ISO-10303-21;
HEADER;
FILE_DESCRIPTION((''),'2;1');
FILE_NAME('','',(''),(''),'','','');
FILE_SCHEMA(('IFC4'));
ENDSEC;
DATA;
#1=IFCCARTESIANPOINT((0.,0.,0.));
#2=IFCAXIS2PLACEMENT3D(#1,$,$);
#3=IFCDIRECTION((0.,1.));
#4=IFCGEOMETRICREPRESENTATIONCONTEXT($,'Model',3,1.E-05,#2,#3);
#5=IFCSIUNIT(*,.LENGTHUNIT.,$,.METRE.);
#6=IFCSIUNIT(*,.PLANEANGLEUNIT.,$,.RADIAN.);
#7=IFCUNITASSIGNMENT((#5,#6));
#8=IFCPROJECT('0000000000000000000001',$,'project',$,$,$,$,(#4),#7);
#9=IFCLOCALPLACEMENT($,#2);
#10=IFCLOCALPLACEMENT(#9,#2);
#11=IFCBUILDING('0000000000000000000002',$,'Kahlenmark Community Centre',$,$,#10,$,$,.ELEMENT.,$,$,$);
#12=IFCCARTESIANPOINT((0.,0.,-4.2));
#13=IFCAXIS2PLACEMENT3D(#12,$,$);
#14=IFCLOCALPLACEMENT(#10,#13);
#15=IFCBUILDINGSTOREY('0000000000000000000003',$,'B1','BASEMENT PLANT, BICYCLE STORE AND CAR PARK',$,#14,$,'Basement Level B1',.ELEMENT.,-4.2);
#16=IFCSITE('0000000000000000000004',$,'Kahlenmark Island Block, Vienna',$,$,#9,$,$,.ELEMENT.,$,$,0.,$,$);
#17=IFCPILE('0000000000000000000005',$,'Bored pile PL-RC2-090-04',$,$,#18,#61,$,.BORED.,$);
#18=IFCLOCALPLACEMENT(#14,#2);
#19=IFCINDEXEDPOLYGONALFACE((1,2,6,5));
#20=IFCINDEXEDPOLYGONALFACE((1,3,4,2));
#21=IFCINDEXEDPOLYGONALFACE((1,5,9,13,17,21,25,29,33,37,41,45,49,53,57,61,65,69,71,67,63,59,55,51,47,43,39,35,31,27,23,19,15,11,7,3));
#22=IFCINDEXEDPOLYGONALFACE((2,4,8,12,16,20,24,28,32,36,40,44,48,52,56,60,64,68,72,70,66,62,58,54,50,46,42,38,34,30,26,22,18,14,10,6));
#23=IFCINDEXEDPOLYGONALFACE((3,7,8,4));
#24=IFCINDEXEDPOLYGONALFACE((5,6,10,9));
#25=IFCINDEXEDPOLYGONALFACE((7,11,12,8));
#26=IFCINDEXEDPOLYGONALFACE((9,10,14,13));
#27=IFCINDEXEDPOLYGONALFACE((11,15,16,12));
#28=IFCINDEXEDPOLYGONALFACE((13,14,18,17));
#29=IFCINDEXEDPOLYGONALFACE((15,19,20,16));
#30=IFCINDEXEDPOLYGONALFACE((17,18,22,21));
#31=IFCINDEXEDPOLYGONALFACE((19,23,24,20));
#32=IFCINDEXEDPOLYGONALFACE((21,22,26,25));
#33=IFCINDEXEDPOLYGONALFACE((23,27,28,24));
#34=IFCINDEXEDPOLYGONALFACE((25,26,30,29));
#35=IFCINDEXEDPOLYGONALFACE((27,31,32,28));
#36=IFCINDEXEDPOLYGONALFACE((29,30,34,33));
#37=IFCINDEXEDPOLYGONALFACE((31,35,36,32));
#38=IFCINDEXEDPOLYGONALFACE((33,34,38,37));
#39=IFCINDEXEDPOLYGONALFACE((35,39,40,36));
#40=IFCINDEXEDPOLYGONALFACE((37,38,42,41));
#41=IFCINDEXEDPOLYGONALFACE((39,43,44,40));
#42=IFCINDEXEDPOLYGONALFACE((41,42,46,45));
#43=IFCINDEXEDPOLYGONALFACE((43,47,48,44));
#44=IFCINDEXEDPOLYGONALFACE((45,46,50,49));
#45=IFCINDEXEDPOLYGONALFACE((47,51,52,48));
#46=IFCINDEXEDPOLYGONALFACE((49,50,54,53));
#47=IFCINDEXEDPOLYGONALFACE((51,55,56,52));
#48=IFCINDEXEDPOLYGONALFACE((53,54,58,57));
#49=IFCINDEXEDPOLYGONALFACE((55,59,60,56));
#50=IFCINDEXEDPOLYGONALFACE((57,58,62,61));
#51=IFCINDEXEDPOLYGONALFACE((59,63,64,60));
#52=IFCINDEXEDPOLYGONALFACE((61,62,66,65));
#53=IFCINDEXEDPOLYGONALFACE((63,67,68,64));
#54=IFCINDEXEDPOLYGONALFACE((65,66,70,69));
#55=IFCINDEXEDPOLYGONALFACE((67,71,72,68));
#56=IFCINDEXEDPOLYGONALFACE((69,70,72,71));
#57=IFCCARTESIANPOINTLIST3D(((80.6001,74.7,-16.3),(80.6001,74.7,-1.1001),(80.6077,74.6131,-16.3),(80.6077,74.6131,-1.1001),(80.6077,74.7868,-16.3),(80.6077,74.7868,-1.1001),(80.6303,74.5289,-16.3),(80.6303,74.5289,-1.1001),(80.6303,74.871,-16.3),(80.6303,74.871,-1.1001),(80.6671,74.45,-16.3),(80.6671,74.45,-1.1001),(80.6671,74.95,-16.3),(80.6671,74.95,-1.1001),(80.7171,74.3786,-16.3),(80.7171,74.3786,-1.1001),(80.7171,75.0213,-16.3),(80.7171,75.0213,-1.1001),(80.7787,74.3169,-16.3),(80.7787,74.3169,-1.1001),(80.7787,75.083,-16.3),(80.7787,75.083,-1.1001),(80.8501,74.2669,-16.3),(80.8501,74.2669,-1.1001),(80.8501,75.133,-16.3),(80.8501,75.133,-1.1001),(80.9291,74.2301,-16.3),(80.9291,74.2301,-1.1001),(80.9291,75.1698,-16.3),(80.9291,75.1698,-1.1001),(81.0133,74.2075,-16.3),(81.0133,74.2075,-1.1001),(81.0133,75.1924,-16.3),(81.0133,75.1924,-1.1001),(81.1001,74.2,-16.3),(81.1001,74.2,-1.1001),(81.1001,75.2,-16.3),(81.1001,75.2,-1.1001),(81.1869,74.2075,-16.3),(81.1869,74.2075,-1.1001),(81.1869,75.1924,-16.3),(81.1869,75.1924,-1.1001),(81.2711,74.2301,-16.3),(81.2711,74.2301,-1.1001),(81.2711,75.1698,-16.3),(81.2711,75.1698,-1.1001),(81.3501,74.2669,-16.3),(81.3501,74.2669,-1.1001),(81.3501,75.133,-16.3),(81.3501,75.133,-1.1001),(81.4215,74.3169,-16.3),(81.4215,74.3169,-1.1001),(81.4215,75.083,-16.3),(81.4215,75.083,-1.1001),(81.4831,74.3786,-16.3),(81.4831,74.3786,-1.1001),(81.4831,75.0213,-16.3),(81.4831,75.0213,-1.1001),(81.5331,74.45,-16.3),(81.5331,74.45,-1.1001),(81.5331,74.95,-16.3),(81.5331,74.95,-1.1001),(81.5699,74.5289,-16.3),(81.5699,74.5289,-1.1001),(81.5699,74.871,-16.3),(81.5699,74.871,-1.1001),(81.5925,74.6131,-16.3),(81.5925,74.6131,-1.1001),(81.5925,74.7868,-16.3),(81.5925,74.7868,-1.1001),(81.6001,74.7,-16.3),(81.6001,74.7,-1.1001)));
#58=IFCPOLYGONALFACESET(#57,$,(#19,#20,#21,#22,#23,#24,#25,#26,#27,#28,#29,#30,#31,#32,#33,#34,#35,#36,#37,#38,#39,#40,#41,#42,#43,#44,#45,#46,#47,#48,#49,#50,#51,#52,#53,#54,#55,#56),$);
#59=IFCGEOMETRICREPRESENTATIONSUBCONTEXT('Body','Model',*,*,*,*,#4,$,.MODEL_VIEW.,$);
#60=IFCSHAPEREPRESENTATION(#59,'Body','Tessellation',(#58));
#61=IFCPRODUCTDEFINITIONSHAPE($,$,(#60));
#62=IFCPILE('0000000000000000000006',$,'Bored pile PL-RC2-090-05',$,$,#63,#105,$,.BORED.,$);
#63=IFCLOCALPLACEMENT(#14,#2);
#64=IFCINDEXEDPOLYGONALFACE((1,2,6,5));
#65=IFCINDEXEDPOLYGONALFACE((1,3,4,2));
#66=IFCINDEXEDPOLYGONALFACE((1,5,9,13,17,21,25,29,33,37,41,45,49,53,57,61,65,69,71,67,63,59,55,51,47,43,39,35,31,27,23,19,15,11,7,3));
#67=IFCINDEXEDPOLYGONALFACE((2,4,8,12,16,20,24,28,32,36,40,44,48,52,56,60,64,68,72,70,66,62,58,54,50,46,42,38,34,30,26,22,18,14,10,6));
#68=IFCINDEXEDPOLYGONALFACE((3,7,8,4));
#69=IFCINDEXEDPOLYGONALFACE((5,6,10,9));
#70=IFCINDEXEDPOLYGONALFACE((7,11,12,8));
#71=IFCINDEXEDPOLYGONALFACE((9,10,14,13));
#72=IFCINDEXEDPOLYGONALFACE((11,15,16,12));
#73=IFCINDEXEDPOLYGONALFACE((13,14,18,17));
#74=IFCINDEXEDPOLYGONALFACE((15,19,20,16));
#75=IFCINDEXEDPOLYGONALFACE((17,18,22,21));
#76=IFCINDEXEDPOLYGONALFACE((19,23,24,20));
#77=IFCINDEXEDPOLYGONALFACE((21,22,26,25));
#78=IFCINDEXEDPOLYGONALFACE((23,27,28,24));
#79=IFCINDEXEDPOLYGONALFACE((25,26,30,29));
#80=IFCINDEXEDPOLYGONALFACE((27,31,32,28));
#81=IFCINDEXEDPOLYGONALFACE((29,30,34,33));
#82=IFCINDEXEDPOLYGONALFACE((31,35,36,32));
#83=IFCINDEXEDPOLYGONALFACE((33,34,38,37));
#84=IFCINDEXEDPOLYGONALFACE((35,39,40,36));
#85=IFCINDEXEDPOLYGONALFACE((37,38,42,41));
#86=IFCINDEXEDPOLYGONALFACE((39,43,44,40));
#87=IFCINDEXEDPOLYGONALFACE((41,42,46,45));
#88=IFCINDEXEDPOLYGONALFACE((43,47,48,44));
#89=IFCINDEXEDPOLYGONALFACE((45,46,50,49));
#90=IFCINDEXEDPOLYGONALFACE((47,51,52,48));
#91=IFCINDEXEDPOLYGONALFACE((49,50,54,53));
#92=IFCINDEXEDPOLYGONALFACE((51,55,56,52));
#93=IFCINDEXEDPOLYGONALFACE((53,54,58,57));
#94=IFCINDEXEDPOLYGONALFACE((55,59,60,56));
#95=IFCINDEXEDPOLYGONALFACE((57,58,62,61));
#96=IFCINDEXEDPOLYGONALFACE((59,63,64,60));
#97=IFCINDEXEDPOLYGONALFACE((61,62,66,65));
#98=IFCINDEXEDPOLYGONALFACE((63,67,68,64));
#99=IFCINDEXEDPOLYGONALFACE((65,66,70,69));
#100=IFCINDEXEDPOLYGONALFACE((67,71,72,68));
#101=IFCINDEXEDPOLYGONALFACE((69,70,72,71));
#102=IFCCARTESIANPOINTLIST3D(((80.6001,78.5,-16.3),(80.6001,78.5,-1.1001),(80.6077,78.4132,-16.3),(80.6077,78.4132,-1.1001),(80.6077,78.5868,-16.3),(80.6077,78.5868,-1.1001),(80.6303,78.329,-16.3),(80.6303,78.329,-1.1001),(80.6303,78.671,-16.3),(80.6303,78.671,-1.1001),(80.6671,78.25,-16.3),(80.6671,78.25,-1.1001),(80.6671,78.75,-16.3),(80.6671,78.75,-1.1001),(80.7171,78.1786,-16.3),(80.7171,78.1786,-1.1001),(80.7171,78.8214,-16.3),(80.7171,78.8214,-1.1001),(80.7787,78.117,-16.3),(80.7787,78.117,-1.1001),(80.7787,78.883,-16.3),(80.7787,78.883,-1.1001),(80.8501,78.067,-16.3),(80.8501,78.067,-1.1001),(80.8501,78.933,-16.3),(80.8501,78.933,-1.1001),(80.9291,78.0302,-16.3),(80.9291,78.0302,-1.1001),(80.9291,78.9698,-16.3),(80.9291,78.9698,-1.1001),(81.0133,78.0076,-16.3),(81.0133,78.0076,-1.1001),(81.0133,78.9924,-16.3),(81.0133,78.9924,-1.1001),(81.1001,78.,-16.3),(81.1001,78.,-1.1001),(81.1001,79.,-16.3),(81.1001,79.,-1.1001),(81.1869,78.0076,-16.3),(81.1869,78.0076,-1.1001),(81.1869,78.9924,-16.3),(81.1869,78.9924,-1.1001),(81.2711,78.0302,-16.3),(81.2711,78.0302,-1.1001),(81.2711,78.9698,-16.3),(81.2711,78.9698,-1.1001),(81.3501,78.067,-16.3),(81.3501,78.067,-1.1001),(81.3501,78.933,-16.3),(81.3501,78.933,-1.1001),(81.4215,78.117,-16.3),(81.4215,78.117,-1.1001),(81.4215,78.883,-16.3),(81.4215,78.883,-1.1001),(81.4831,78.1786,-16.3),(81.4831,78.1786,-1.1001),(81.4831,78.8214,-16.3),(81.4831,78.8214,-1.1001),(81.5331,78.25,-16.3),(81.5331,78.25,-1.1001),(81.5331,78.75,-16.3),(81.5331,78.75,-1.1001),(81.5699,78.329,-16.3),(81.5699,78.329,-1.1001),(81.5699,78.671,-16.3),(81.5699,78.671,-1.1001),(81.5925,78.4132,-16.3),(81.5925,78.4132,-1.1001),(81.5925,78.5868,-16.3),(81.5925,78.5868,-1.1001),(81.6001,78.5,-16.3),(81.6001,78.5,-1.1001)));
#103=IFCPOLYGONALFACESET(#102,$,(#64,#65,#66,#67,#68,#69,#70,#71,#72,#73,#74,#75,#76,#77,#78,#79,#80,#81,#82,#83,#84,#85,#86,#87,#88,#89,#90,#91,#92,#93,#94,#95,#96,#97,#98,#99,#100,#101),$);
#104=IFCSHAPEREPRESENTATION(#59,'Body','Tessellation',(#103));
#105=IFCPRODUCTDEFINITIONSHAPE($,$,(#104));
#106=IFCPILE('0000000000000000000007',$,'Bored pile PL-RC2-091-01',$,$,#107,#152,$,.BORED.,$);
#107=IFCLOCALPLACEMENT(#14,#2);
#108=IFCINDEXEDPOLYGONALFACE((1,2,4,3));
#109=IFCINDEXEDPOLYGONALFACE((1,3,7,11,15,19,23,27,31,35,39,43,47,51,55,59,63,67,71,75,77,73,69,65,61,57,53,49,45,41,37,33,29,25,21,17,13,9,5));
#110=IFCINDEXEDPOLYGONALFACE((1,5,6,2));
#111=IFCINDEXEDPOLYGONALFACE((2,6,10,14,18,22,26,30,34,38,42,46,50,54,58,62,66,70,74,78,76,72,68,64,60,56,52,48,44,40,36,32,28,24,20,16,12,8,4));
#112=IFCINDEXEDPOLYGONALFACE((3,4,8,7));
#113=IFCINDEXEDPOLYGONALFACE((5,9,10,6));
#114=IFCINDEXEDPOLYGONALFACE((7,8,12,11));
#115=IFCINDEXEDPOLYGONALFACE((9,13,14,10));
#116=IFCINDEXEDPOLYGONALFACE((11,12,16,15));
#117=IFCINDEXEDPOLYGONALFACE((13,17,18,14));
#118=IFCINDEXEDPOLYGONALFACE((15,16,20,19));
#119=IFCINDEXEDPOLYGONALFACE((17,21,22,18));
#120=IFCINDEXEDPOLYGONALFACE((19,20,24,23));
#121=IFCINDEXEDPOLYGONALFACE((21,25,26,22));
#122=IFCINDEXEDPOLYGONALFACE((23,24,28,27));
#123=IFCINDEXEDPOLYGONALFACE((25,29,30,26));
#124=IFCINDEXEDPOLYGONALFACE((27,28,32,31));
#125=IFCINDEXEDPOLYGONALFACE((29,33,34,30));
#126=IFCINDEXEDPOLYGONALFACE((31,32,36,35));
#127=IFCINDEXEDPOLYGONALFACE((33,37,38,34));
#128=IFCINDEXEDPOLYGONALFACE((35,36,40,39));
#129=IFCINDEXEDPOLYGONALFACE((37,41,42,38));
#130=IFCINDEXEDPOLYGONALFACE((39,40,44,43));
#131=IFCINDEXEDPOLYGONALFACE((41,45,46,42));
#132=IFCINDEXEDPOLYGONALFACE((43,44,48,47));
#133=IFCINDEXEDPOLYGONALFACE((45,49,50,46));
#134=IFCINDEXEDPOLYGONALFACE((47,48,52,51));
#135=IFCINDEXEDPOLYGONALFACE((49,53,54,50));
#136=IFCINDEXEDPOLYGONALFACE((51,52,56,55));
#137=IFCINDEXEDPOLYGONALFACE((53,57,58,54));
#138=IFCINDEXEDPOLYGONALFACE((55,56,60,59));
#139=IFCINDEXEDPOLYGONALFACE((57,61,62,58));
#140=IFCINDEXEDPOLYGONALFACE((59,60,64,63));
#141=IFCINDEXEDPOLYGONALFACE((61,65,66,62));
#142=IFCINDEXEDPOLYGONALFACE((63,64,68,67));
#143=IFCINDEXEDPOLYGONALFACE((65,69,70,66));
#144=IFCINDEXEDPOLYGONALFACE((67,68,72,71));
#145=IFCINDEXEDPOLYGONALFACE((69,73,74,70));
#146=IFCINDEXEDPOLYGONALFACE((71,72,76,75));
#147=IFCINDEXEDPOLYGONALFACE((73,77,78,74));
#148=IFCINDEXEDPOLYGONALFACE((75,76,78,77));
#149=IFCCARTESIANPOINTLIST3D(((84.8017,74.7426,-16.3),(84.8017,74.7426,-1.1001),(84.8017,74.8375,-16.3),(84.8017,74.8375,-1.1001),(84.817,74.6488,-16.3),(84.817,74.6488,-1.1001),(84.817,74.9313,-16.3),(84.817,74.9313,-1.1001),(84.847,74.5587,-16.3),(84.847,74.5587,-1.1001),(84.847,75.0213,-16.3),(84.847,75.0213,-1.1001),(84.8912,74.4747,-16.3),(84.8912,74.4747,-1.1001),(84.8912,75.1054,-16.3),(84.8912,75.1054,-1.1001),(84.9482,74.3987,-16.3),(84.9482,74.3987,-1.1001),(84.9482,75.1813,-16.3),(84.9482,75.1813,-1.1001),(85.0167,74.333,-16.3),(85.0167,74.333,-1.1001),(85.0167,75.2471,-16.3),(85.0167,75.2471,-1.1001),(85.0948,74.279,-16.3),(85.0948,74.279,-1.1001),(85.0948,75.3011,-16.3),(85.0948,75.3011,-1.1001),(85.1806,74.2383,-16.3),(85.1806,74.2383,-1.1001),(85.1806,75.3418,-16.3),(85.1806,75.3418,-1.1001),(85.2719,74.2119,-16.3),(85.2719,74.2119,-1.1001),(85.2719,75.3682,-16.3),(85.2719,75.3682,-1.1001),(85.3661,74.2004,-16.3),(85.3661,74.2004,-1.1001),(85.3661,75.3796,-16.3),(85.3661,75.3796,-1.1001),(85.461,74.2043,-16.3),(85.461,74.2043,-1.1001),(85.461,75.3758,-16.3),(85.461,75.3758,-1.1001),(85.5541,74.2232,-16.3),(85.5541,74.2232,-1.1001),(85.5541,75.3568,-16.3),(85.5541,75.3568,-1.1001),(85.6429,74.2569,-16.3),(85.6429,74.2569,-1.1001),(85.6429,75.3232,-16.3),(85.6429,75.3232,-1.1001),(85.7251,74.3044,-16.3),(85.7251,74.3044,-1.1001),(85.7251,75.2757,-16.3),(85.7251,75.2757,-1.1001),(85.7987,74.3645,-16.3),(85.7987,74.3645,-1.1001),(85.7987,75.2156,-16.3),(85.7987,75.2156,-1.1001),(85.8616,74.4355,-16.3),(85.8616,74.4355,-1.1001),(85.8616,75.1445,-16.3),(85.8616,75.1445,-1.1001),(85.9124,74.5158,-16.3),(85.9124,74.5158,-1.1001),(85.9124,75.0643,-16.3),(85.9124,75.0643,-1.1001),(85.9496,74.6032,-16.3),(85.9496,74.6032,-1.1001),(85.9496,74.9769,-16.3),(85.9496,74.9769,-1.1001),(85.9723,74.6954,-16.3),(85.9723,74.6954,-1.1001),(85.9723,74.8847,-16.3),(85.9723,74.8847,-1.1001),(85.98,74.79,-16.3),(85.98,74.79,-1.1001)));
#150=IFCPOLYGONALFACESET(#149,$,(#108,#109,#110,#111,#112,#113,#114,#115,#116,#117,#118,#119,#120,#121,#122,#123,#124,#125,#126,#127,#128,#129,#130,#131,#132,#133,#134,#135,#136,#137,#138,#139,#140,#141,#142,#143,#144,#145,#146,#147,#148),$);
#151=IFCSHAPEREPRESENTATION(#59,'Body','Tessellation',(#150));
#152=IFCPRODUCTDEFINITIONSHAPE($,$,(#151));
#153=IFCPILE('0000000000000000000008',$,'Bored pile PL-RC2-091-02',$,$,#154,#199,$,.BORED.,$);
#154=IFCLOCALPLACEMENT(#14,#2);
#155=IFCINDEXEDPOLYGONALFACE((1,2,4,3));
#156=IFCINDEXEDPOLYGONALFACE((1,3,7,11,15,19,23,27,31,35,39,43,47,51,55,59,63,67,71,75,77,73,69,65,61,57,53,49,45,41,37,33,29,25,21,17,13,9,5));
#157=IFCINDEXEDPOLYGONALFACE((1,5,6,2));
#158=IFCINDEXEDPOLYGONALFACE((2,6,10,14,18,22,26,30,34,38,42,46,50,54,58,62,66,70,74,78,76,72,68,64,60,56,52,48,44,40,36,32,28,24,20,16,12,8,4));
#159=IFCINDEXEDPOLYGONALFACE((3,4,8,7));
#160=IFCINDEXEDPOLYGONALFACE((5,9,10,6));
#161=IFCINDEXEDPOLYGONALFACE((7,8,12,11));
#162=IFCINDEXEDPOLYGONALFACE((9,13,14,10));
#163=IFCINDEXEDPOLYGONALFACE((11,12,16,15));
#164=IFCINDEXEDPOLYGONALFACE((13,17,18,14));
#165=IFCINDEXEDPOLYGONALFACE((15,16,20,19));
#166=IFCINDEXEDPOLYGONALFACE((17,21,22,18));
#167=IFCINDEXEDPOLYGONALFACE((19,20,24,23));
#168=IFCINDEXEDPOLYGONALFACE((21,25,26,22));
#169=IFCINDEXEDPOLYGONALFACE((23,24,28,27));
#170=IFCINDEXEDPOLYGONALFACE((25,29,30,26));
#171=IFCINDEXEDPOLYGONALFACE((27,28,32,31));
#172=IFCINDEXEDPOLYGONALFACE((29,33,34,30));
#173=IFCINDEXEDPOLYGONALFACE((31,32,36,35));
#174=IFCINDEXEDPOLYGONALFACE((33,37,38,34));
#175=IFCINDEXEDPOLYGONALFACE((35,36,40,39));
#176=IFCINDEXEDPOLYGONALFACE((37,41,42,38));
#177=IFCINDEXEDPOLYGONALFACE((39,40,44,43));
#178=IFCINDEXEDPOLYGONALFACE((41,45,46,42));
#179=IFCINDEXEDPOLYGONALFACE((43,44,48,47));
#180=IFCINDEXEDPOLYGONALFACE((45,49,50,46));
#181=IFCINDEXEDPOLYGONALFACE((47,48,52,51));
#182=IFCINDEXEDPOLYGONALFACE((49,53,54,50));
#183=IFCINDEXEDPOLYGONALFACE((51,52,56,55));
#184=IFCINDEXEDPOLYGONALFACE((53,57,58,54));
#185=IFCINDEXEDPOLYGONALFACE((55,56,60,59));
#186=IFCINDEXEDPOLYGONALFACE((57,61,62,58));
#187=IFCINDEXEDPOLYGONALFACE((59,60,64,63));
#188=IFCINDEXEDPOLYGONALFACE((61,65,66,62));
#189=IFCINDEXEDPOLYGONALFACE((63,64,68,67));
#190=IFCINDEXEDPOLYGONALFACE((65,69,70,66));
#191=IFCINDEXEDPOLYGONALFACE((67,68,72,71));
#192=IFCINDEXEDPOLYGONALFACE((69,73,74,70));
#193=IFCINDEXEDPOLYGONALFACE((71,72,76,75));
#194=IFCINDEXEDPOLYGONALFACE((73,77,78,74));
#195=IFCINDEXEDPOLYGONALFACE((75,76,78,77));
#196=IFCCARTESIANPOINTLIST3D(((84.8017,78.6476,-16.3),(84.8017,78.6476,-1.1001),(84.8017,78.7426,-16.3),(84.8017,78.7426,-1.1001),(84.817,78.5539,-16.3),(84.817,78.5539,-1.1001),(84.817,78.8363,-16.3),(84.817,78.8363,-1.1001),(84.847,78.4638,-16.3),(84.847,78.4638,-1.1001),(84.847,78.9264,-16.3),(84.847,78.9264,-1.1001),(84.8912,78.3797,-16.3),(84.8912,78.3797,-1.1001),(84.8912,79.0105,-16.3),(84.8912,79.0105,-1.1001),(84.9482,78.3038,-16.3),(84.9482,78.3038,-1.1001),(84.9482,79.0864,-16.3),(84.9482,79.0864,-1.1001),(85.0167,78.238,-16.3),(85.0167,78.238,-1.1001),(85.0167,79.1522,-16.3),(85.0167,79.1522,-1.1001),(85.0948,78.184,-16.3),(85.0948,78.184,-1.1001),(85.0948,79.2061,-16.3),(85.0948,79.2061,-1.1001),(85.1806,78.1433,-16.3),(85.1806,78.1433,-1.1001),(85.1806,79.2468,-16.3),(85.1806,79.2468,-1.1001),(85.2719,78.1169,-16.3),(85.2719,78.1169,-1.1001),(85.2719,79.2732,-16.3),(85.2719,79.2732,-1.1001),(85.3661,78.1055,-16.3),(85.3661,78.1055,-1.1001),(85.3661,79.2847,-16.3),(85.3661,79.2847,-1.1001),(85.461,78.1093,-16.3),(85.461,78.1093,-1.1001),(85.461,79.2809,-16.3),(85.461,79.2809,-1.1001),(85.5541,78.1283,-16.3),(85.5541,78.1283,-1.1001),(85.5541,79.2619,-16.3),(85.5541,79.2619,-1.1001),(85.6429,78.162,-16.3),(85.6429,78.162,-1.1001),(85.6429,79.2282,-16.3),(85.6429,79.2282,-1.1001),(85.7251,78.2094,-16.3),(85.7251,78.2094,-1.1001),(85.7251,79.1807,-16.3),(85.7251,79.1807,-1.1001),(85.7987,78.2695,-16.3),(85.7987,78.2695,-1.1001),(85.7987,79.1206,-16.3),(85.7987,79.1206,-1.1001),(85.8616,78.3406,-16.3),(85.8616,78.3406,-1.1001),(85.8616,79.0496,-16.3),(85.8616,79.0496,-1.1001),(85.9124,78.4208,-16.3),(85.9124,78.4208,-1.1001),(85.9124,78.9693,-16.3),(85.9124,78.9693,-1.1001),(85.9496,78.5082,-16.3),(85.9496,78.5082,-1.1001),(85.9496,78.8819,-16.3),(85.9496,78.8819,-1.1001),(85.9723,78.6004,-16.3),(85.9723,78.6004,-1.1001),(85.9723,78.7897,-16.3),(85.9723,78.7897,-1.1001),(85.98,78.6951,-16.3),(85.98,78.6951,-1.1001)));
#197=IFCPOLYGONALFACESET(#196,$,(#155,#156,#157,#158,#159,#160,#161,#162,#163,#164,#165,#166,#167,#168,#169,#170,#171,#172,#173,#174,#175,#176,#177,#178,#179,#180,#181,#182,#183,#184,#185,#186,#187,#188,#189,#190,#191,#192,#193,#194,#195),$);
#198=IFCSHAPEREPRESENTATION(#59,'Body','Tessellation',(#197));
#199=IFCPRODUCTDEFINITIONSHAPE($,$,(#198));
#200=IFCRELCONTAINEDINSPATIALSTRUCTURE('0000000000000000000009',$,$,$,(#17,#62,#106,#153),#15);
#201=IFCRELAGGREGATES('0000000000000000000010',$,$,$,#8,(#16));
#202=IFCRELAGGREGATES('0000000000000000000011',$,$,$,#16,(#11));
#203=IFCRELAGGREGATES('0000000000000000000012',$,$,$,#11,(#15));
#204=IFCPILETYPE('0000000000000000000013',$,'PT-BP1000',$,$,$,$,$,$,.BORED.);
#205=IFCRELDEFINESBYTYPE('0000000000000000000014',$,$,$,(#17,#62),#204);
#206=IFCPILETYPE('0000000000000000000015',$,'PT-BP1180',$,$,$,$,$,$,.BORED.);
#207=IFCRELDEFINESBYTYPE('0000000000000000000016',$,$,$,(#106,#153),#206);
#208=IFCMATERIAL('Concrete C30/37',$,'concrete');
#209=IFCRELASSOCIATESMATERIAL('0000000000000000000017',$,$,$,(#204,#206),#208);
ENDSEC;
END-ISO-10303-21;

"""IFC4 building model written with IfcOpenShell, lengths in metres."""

from ifc_helpers import new_model, si_unit, direction, frame, origin, origin_2d, place, context, subcontext, project, spatial, circle, extrude, material, material_profile, profile_set, type_object, element, save


model = new_model("IFC4")

# Units and contexts
model_context = context("Model", 3, precision=1e-05, world=origin(), true_north=direction((0.0, 1.0)))
body_context = subcontext(model_context, "Body", "Model", "MODEL_VIEW")
ifc_project = project(units=[si_unit("LENGTHUNIT", "METRE"), si_unit("PLANEANGLEUNIT", "RADIAN")], contexts=[model_context])

# Site, building, storey
site_placement = place(None, origin())
site = spatial("IfcSite", under=ifc_project, at=site_placement, Name="Kahlenmark Island Block, Vienna", CompositionType="ELEMENT", RefElevation=0.0)
building_placement = place(site_placement, origin())
building = spatial("IfcBuilding", under=site, at=building_placement, Name="Kahlenmark Community Centre", CompositionType="ELEMENT")
storey_placement = place(building_placement, frame((0.0, 0.0, -4.2)))
storey = spatial("IfcBuildingStorey", under=building, at=storey_placement, Name="B1", Description="BASEMENT PLANT, BICYCLE STORE AND CAR PARK", LongName="Basement Level B1", CompositionType="ELEMENT", Elevation=-4.2)

# Shared definitions
ifc_material_1 = material(Name="Concrete C30/37", Category="concrete")

# Piles
ifc_material_profile_1 = material_profile(ifc_material_1, circle(Radius=0.5, at=origin_2d()), Name="BORED PILE 1000")
ifc_profile_set_1 = profile_set([ifc_material_profile_1], Name="Concrete C30/37")
pile_type_1 = type_object("IfcPileType", Name="PT-BP1000", PredefinedType="BORED", material=ifc_profile_set_1)
for number, where, z_axis, x_axis, name in (
    (1, (81.1001, 74.7, -1.1001), (0.0, 0.0, -1.0), (1.0, 0.0, 0.0), "Bored pile PL-RC2-090-04"),
    (2, (81.1001, 78.5, -1.1001), (0.0, 0.0, -1.0), (1.0, 0.0, 0.0), "Bored pile PL-RC2-090-05"),
):
    element("IfcPile", number, at=place(storey_placement, frame(where, z_axis=z_axis, x_axis=x_axis)), inside=storey, type_object=pile_type_1, Name=name, PredefinedType="BORED", context=body_context, shape_type="SweptSolid", body=[
        extrude(circle(Radius=0.5, at=origin_2d()), origin(), (0.0, 0.0, 1.0), 15.2),
    ])
ifc_material_profile_2 = material_profile(ifc_material_1, circle(Radius=0.5901, at=origin_2d()), Name="BORED PILE 1180")
ifc_profile_set_2 = profile_set([ifc_material_profile_2], Name="Concrete C30/37")
pile_type_2 = type_object("IfcPileType", Name="PT-BP1180", PredefinedType="BORED", material=ifc_profile_set_2)
for number, where, z_axis, x_axis, name in (
    (3, (85.3899, 74.79, -1.1001), (0.0, 0.0, -1.0), (1.0, 0.0, 0.0), "Bored pile PL-RC2-091-01"),
    (4, (85.3899, 78.6951, -1.1001), (0.0, 0.0, -1.0), (1.0, 0.0, 0.0), "Bored pile PL-RC2-091-02"),
):
    element("IfcPile", number, at=place(storey_placement, frame(where, z_axis=z_axis, x_axis=x_axis)), inside=storey, type_object=pile_type_2, Name=name, PredefinedType="BORED", context=body_context, shape_type="SweptSolid", body=[
        extrude(circle(Radius=0.5901, at=origin_2d()), origin(), (0.0, 0.0, 1.0), 15.2),
    ])

save(model, "model.ifc")
